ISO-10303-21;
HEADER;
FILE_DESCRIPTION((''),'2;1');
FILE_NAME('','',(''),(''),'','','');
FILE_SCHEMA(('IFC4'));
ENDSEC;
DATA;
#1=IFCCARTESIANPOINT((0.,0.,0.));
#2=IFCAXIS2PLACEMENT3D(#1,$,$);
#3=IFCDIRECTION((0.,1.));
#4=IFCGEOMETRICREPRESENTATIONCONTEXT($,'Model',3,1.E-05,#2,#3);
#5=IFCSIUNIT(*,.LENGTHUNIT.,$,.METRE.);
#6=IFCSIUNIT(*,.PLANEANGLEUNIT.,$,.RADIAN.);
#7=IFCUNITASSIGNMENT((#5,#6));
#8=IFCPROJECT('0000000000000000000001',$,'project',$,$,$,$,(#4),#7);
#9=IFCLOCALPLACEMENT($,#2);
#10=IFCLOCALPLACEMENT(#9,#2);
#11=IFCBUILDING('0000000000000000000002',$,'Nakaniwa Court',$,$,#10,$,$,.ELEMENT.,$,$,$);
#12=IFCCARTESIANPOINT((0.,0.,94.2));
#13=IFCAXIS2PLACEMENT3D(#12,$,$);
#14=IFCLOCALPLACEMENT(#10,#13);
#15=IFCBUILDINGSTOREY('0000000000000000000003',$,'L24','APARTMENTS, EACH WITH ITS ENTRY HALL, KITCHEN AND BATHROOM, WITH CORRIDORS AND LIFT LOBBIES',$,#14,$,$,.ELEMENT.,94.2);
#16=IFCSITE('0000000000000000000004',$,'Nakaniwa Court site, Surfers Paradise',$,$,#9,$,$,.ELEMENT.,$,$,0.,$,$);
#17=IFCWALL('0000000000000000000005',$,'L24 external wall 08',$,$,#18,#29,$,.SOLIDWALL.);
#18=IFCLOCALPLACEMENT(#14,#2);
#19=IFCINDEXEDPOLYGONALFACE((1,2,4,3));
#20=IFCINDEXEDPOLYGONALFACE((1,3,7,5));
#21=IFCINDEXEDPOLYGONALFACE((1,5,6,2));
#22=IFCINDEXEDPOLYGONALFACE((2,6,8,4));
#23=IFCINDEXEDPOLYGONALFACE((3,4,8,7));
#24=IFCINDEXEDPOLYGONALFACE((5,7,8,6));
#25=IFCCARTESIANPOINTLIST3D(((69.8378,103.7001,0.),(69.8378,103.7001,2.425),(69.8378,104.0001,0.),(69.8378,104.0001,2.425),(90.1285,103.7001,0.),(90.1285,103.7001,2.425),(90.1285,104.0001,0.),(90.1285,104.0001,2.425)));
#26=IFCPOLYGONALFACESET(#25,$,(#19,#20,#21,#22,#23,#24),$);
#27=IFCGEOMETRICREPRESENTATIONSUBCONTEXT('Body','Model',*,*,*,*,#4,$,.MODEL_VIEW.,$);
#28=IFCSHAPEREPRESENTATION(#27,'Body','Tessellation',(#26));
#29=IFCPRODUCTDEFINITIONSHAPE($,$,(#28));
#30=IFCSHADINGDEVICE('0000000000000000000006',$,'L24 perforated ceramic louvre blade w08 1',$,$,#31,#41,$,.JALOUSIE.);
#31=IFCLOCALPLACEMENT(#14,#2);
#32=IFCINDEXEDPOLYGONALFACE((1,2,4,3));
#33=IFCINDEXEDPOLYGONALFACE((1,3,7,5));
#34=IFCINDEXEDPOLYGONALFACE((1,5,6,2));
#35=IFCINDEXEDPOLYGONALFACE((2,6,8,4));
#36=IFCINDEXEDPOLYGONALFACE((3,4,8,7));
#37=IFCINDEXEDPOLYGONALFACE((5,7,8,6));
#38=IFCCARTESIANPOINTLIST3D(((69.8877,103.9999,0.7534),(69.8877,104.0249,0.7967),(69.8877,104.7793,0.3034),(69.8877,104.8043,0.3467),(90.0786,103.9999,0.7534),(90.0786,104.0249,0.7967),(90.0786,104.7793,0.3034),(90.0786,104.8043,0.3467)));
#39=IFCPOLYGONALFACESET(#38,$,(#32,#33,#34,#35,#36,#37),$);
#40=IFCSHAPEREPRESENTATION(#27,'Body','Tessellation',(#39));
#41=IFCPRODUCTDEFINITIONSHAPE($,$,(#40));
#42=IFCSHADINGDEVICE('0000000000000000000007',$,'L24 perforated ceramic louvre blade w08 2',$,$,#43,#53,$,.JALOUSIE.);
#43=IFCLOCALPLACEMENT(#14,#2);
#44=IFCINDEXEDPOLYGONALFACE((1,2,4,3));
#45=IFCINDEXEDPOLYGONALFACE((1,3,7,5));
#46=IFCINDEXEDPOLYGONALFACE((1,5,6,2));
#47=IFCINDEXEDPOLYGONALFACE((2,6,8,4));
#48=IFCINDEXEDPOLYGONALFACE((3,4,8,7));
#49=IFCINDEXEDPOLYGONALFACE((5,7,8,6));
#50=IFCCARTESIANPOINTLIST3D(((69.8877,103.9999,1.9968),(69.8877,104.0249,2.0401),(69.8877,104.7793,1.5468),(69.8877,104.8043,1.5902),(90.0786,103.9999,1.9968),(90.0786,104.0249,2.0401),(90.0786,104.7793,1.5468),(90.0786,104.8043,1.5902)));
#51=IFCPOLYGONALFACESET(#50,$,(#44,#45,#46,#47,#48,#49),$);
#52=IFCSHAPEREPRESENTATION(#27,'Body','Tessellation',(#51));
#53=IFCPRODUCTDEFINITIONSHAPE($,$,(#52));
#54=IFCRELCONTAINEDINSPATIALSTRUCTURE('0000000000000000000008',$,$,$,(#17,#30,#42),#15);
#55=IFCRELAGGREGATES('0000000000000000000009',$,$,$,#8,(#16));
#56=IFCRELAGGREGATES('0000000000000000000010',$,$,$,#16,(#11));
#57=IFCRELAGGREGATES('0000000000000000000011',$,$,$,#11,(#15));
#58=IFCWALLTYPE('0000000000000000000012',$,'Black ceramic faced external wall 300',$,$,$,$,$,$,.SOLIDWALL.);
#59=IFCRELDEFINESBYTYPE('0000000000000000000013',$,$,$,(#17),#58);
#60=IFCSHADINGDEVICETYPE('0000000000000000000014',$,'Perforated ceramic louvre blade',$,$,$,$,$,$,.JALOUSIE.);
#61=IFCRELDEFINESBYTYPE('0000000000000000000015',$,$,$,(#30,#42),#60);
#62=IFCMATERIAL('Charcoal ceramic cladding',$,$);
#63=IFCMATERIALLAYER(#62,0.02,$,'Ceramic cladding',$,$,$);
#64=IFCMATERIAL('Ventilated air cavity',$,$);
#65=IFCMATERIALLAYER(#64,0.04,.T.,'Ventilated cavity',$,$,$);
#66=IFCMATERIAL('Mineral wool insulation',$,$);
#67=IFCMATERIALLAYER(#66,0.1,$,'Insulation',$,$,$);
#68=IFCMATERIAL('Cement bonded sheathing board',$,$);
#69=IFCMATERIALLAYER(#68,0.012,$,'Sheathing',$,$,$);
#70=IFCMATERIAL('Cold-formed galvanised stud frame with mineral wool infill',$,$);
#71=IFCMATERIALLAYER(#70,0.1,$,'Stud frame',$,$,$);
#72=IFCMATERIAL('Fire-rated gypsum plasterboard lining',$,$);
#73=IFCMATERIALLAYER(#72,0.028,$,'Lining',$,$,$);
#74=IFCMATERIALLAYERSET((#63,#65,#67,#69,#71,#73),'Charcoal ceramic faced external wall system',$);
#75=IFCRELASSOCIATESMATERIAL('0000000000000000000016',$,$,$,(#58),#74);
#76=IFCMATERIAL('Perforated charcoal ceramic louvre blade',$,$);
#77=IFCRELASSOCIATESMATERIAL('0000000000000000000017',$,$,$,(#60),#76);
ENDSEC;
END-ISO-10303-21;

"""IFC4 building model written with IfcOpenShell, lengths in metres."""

from ifc_helpers import new_model, si_unit, direction, frame, frame_2d, origin, origin_2d, place, context, subcontext, project, spatial, rectangle, extrude, material, layer, layer_set, material_profile, profile_set, type_object, element, save


model = new_model("IFC4")

# Units and contexts
model_context = context("Model", 3, precision=1e-05, world=origin(), true_north=direction((0.0, 1.0)))
body_context = subcontext(model_context, "Body", "Model", "MODEL_VIEW")
ifc_project = project(units=[si_unit("LENGTHUNIT", "METRE"), si_unit("PLANEANGLEUNIT", "RADIAN")], contexts=[model_context])

# Site, building, storey
site_placement = place(None, origin())
site = spatial("IfcSite", under=ifc_project, at=site_placement, Name="Nakaniwa Court site, Surfers Paradise", CompositionType="ELEMENT", RefElevation=0.0)
building_placement = place(site_placement, origin())
building = spatial("IfcBuilding", under=site, at=building_placement, Name="Nakaniwa Court", CompositionType="ELEMENT")
storey_placement = place(building_placement, frame((0.0, 0.0, 94.2)))
storey = spatial("IfcBuildingStorey", under=building, at=storey_placement, Name="L24", Description="APARTMENTS, EACH WITH ITS ENTRY HALL, KITCHEN AND BATHROOM, WITH CORRIDORS AND LIFT LOBBIES", CompositionType="ELEMENT", Elevation=94.2)

# Shared definitions
ifc_material_1 = material(Name="Charcoal ceramic cladding")
ifc_layer_1 = layer(ifc_material_1, 0.02, Name="Ceramic cladding")
ifc_material_2 = material(Name="Ventilated air cavity")
ifc_layer_2 = layer(ifc_material_2, 0.04, ventilated=True, Name="Ventilated cavity")
ifc_material_3 = material(Name="Mineral wool insulation")
ifc_layer_3 = layer(ifc_material_3, 0.1, Name="Insulation")
ifc_material_4 = material(Name="Cement bonded sheathing board")
ifc_layer_4 = layer(ifc_material_4, 0.012, Name="Sheathing")
ifc_material_5 = material(Name="Cold-formed galvanised stud frame with mineral wool infill")
ifc_layer_5 = layer(ifc_material_5, 0.1, Name="Stud frame")
ifc_material_6 = material(Name="Fire-rated gypsum plasterboard lining")
ifc_layer_6 = layer(ifc_material_6, 0.028, Name="Lining")
ifc_layer_set_1 = layer_set([ifc_layer_1, ifc_layer_2, ifc_layer_3, ifc_layer_4, ifc_layer_5, ifc_layer_6], Name="Charcoal ceramic faced external wall system")
wall_type_1 = type_object("IfcWallType", Name="Black ceramic faced external wall 300", PredefinedType="SOLIDWALL", material=ifc_layer_set_1)

# Wall
wall_1_placement = place(storey_placement, frame((90.1287, 103.8501, 0.0), z_axis=(0.0, 0.0, 1.0), x_axis=(-1.0, 0.0, 0.0)))
element("IfcWall", 1, at=wall_1_placement, inside=storey, type_object=wall_type_1, Name="L24 external wall 08", PredefinedType="SOLIDWALL", context=body_context, shape_type="SweptSolid", body=[
    extrude(rectangle(XDim=20.2908, YDim=0.3, at=frame_2d((10.1455, 0.0))), origin(), (0.0, 0.0, 1.0), 2.425),
])

# Shading devices
ifc_material_7 = material(Name="Perforated charcoal ceramic louvre blade")
ifc_material_profile_1 = material_profile(ifc_material_7, rectangle(XDim=0.8999, YDim=0.05, at=origin_2d()), Name="Perforated ceramic louvre blade")
ifc_profile_set_1 = profile_set([ifc_material_profile_1], Name="Perforated charcoal ceramic louvre blade")
shading_device_type = type_object("IfcShadingDeviceType", Name="Perforated ceramic louvre blade", PredefinedType="JALOUSIE", material=ifc_profile_set_1)
for number, where, z_axis, x_axis, name in (
    (2, (90.0786, 104.4021, 0.55), (-1.0, 0.0, 0.0), (0.0, -0.866025, 0.5), "L24 perforated ceramic louvre blade w08 1"),
    (3, (90.0786, 104.4021, 1.7935), (-1.0, 0.0, 0.0), (0.0, -0.866025, 0.5), "L24 perforated ceramic louvre blade w08 2"),
):
    element("IfcShadingDevice", number, at=place(storey_placement, frame(where, z_axis=z_axis, x_axis=x_axis)), inside=storey, type_object=shading_device_type, Name=name, PredefinedType="JALOUSIE", context=body_context, shape_type="SweptSolid", body=[
        extrude(rectangle(XDim=0.8999, YDim=0.05, at=origin_2d()), origin(), (0.0, 0.0, 1.0), 20.1909),
    ])

save(model, "model.ifc")
